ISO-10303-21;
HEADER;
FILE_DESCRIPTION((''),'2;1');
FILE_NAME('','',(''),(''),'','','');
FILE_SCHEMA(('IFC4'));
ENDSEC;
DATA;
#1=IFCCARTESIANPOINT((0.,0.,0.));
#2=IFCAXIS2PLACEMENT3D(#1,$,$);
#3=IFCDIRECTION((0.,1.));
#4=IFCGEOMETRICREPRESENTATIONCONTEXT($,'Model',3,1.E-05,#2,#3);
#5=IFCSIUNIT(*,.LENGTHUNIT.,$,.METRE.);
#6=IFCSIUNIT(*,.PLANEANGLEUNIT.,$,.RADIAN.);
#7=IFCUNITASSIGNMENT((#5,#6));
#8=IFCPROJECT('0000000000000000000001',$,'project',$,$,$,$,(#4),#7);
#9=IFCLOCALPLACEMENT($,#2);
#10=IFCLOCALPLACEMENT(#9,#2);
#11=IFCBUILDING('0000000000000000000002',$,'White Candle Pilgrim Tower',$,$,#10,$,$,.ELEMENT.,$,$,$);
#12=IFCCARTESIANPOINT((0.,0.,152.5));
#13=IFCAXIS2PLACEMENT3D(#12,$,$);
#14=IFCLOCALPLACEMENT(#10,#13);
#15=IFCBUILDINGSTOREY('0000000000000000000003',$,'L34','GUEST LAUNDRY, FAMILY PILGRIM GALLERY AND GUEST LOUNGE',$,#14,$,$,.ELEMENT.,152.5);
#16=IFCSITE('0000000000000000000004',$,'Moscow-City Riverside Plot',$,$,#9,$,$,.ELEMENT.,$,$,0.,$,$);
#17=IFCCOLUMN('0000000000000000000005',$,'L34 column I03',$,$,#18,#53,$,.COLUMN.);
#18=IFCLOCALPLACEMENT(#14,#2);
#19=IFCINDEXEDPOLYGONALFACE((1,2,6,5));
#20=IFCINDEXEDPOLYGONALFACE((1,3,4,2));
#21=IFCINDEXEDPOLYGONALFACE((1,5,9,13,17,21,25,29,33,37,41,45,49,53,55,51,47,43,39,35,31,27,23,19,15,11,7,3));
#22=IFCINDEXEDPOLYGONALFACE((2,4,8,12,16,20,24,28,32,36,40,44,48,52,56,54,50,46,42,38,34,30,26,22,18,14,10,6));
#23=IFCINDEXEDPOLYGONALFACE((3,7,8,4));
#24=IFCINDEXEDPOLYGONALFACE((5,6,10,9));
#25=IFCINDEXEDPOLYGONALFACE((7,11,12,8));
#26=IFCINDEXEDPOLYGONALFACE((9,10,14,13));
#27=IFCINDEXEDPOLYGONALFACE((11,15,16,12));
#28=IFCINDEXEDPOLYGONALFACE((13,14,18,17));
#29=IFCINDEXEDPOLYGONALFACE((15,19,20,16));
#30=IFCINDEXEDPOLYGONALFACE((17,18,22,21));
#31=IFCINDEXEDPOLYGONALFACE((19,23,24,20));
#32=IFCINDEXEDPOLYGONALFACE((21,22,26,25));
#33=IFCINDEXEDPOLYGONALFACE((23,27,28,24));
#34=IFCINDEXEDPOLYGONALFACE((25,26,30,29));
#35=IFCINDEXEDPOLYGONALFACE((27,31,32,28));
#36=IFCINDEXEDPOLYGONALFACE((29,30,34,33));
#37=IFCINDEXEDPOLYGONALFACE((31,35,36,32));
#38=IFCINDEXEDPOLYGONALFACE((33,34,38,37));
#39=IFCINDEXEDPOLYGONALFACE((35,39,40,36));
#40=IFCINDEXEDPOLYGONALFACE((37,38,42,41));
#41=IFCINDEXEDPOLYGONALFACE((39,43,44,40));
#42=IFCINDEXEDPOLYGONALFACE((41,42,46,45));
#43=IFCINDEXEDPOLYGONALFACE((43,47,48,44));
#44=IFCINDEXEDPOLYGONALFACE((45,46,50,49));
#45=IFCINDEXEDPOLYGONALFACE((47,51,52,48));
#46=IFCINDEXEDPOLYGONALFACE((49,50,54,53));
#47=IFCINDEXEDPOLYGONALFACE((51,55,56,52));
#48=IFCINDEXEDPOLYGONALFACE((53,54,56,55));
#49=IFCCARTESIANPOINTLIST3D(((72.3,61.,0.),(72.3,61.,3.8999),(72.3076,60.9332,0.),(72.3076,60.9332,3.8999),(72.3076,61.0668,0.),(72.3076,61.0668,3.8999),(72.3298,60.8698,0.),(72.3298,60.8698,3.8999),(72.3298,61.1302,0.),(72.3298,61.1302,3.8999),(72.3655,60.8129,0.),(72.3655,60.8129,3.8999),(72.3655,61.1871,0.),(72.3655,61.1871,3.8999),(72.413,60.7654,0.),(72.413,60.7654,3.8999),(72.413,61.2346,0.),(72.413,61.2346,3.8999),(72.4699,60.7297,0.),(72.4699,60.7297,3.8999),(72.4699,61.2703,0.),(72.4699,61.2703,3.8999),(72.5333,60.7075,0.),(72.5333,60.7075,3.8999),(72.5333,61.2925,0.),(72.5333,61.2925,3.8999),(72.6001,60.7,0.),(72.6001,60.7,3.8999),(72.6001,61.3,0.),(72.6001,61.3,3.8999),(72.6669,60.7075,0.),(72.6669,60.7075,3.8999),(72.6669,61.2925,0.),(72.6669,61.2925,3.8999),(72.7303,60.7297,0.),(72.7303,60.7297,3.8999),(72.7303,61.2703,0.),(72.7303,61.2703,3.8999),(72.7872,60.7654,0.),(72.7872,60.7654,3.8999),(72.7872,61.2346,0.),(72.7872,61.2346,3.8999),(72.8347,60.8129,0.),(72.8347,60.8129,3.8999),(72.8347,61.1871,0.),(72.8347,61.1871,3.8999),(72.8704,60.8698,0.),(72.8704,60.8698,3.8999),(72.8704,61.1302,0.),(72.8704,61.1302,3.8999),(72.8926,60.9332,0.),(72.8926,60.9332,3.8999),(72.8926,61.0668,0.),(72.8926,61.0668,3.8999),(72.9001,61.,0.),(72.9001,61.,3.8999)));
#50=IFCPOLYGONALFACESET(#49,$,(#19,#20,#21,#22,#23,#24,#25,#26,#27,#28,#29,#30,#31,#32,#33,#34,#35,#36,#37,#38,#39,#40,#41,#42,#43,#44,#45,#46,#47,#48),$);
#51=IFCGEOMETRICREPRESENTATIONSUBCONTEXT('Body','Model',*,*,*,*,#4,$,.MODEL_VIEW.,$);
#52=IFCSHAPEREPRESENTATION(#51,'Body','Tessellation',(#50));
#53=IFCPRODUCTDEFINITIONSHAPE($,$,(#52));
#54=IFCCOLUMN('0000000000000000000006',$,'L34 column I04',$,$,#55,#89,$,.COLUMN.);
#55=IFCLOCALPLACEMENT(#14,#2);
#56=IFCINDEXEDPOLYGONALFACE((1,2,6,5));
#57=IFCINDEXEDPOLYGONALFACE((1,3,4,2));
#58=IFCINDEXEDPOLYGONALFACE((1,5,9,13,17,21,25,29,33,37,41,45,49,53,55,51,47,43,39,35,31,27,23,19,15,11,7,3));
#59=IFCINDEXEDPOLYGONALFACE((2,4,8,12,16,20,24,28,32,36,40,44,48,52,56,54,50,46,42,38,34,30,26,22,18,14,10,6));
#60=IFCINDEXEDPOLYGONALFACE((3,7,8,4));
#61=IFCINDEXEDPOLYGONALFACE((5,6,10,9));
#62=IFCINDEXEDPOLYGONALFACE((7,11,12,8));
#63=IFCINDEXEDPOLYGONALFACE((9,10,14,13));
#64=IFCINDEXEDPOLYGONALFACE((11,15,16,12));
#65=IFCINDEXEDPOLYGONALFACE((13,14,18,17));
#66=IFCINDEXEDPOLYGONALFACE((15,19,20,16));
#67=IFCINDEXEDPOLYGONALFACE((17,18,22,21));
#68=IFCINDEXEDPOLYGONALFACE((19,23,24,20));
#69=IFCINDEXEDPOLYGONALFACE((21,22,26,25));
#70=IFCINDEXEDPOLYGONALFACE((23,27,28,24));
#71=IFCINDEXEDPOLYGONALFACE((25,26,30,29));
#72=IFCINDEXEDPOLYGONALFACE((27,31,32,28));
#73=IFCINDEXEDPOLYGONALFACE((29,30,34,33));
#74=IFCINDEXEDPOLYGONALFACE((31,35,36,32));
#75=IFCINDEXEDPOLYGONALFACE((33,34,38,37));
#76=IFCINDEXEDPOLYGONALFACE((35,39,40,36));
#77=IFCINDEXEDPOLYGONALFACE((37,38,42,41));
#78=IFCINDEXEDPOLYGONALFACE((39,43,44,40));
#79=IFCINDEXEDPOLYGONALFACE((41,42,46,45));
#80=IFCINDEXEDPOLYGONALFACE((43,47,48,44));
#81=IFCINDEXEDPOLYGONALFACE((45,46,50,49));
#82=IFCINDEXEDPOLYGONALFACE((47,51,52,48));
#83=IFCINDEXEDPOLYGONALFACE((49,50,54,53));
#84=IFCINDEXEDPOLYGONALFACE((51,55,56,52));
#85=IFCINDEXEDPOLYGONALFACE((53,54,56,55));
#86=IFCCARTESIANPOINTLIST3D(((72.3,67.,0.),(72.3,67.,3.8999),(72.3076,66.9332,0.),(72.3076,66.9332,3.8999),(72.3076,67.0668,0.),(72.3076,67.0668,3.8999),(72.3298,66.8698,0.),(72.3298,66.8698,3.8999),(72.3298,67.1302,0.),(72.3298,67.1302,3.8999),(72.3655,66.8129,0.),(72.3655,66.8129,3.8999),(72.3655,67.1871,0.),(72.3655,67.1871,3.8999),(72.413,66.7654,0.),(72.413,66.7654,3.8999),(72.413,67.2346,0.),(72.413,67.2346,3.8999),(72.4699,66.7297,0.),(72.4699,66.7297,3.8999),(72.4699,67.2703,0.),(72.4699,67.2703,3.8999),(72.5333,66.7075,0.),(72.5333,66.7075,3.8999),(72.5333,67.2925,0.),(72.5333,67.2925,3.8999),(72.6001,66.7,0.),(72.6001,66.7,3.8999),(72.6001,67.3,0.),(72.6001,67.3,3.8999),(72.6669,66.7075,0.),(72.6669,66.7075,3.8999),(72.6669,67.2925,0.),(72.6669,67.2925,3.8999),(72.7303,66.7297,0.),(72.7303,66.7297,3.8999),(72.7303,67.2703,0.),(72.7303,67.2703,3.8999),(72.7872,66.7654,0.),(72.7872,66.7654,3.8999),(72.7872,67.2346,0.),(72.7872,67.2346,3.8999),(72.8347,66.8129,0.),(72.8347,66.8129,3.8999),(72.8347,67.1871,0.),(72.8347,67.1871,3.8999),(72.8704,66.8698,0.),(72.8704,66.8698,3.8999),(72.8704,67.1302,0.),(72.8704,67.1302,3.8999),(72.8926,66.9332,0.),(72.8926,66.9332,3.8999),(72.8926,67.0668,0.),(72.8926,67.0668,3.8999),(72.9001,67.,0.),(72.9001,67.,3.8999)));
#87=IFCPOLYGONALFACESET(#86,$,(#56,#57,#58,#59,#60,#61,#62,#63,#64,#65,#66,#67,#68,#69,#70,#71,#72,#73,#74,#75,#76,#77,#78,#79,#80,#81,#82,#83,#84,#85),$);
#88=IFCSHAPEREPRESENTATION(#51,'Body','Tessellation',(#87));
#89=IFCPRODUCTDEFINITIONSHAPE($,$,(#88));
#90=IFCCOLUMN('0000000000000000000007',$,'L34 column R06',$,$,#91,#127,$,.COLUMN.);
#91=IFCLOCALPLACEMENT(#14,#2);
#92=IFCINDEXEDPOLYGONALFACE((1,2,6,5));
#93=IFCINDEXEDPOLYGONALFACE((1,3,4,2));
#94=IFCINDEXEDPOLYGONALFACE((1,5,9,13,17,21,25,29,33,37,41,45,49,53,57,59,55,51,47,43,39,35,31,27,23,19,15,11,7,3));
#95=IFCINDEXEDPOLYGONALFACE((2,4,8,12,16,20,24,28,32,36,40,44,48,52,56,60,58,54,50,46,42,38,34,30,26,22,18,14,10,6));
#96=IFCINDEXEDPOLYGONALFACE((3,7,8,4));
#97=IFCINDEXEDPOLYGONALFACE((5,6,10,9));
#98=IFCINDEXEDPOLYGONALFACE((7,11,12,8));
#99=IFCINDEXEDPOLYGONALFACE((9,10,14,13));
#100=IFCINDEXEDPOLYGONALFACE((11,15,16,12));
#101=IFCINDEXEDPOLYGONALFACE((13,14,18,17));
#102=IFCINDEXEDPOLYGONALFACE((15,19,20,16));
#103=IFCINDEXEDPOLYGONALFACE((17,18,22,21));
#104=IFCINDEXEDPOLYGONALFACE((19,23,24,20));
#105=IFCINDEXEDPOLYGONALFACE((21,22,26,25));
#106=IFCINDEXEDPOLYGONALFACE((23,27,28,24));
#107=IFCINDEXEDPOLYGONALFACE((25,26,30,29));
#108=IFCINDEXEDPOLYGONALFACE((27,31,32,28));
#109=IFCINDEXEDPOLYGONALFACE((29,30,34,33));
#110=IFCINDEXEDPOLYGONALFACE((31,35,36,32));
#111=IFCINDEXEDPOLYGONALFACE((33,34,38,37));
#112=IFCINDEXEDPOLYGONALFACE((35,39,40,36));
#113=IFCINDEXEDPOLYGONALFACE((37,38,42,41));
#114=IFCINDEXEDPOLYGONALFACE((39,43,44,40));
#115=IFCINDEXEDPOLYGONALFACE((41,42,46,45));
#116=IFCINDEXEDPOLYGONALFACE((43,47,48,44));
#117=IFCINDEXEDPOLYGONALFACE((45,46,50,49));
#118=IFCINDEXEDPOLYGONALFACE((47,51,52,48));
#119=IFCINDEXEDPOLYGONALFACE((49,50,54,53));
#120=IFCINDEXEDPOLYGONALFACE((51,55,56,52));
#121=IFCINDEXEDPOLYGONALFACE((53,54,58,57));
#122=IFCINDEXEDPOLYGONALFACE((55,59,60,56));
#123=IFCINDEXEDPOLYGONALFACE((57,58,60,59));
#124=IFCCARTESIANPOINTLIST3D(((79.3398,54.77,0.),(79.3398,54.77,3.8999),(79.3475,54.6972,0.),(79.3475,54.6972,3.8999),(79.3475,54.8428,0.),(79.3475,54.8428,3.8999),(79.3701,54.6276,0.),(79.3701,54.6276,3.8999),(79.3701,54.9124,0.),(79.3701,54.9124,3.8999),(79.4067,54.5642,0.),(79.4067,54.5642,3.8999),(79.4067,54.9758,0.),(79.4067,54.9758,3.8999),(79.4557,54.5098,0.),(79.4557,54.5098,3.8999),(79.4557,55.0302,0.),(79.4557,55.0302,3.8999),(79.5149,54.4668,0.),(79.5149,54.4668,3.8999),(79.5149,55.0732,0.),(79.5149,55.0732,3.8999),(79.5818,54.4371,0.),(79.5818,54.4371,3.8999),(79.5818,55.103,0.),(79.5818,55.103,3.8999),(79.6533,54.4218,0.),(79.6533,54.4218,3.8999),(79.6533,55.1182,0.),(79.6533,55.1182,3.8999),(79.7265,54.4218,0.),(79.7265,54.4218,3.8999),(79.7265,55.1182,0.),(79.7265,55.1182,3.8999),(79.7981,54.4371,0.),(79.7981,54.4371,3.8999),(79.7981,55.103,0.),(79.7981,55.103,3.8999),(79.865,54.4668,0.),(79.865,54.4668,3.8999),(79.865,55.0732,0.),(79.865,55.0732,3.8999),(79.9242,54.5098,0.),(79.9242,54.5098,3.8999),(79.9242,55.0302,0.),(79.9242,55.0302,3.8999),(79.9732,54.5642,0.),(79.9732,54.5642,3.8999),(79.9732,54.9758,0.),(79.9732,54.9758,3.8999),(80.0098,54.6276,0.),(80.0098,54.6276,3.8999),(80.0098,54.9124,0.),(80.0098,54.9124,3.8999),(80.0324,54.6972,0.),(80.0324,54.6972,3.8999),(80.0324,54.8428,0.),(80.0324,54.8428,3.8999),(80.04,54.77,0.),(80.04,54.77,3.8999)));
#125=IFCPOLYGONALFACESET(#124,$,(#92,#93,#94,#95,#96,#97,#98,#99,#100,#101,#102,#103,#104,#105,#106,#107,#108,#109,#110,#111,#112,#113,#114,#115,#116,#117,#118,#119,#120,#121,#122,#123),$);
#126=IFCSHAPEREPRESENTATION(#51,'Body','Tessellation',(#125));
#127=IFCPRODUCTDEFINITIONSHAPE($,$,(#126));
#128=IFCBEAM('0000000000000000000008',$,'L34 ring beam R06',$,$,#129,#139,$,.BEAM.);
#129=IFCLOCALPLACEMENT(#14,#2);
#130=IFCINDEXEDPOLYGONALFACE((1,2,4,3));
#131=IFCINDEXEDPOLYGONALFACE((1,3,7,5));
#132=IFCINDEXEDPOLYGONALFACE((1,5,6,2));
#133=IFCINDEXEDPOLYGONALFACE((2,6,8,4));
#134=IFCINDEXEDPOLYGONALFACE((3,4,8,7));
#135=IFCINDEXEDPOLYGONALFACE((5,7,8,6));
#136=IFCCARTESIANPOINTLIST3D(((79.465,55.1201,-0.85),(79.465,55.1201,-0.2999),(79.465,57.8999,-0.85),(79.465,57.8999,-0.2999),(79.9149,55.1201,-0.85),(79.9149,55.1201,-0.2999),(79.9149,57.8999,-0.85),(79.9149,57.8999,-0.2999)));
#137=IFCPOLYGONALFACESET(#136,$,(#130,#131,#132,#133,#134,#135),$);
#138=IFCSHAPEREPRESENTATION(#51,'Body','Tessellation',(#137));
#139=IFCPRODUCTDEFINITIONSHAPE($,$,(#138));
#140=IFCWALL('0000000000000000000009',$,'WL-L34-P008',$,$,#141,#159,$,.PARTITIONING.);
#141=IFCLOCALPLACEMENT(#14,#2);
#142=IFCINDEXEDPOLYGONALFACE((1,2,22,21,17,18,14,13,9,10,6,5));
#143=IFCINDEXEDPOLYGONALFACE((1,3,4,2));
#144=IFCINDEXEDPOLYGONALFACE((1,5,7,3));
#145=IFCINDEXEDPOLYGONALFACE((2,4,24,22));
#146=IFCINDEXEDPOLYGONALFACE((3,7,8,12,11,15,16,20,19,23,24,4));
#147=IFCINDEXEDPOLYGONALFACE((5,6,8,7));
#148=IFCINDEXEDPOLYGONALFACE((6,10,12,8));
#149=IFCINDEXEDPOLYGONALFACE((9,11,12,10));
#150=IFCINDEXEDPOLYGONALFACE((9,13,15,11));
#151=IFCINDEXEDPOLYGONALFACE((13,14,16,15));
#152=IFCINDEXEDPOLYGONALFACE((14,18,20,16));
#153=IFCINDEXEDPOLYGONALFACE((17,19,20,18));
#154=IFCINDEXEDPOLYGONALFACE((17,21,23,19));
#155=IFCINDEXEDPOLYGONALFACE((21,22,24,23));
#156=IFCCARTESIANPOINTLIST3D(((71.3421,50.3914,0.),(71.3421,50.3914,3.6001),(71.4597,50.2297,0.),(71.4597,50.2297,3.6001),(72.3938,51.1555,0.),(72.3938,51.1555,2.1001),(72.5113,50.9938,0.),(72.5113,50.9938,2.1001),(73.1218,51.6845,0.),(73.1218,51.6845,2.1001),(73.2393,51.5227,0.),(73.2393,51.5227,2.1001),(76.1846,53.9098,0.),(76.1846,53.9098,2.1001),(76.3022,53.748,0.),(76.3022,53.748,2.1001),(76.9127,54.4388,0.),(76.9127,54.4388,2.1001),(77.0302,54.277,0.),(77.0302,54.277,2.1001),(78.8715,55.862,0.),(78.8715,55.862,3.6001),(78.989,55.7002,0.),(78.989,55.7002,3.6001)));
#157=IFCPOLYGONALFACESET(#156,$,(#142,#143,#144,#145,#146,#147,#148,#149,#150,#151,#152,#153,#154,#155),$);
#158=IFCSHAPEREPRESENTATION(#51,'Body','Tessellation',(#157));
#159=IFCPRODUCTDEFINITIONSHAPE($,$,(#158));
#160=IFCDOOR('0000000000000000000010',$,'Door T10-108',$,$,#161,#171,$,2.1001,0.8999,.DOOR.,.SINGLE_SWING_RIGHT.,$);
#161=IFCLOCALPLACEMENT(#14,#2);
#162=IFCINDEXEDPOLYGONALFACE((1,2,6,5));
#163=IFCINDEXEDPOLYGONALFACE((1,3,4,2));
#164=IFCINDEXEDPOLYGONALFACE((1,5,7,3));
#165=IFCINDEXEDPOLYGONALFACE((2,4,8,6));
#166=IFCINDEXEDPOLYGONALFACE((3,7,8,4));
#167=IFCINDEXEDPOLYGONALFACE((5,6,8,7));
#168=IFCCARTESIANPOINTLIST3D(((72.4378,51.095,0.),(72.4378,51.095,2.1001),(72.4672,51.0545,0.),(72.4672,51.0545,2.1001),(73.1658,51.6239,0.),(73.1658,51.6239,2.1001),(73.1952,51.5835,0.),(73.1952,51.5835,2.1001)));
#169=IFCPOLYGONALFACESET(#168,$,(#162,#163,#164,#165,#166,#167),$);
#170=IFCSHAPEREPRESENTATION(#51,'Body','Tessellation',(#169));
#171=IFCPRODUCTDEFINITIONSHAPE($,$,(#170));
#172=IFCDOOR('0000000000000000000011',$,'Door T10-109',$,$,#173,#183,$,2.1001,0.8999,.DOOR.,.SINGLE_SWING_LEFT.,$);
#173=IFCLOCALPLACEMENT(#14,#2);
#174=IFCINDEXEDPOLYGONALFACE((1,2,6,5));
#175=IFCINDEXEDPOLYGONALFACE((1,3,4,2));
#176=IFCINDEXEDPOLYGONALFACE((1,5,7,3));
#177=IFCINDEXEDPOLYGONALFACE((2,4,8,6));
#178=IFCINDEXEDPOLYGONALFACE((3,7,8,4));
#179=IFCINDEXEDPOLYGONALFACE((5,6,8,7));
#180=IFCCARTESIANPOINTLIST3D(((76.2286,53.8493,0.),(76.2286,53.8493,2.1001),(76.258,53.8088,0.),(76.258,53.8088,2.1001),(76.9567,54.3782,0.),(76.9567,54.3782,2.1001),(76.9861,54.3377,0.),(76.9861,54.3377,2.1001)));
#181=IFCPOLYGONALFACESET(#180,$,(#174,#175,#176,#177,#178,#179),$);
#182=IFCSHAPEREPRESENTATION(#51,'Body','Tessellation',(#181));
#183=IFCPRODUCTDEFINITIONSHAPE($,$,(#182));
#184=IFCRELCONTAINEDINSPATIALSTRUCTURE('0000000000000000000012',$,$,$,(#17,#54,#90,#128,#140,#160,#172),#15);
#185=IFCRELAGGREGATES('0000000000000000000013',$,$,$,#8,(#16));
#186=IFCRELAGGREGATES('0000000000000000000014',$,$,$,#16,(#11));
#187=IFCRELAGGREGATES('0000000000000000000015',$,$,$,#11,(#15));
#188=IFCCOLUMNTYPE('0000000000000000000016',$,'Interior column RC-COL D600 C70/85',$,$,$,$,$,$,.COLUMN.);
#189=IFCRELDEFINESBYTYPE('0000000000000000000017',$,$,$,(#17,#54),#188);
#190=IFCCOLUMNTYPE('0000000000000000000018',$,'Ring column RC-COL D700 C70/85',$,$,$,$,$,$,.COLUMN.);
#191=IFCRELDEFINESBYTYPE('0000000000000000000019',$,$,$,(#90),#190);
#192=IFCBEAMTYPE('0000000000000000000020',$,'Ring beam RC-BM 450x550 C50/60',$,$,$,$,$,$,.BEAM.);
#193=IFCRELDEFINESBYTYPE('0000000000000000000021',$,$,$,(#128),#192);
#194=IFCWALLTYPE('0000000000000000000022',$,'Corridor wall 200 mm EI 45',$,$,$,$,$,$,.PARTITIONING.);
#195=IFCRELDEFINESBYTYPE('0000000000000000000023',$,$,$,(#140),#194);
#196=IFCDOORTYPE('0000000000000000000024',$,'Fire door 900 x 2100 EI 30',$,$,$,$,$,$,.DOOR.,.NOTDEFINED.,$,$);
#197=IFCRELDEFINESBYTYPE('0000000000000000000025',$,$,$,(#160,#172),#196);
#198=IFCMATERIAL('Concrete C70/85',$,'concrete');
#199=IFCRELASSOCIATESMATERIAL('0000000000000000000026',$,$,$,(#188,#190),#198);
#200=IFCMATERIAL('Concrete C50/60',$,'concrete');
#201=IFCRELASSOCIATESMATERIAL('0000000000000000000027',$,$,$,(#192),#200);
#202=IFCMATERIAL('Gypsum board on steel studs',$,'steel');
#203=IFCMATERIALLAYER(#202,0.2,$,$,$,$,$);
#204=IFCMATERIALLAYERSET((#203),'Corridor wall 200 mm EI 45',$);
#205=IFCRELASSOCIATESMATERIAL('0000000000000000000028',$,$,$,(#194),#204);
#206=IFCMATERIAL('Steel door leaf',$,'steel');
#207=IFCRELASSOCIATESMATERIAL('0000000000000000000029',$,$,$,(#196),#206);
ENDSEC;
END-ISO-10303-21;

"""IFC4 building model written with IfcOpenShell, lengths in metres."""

from ifc_helpers import new_model, si_unit, direction, frame, frame_2d, origin, origin_2d, place, context, subcontext, project, spatial, rectangle, circle, extrude, material, layer, layer_set, material_profile, profile_set, type_object, element, fill, save


model = new_model("IFC4")

# Units and contexts
model_context = context("Model", 3, precision=1e-05, world=origin(), true_north=direction((0.0, 1.0)))
body_context = subcontext(model_context, "Body", "Model", "MODEL_VIEW")
ifc_project = project(units=[si_unit("LENGTHUNIT", "METRE"), si_unit("PLANEANGLEUNIT", "RADIAN")], contexts=[model_context])

# Site, building, storey
site_placement = place(None, origin())
site = spatial("IfcSite", under=ifc_project, at=site_placement, Name="Moscow-City Riverside Plot", CompositionType="ELEMENT", RefElevation=0.0)
building_placement = place(site_placement, origin())
building = spatial("IfcBuilding", under=site, at=building_placement, Name="White Candle Pilgrim Tower", CompositionType="ELEMENT")
storey_placement = place(building_placement, frame((0.0, 0.0, 152.5)))
storey = spatial("IfcBuildingStorey", under=building, at=storey_placement, Name="L34", Description="GUEST LAUNDRY, FAMILY PILGRIM GALLERY AND GUEST LOUNGE", CompositionType="ELEMENT", Elevation=152.5)

# Columns
ifc_material_1 = material(Name="Concrete C70/85", Category="concrete")
ifc_material_profile_1 = material_profile(ifc_material_1, circle(Radius=0.3, at=origin_2d()), Name="RC-COL D600")
ifc_profile_set_1 = profile_set([ifc_material_profile_1], Name="Concrete C70/85")
column_type_1 = type_object("IfcColumnType", Name="Interior column RC-COL D600 C70/85", PredefinedType="COLUMN", material=ifc_profile_set_1)
for number, where, z_axis, x_axis, name in (
    (1, (72.6001, 61.0, 0.0), (0.0, 0.0, 1.0), (1.0, 0.0, 0.0), "L34 column I03"),
    (2, (72.6001, 67.0, 0.0), (0.0, 0.0, 1.0), (1.0, 0.0, 0.0), "L34 column I04"),
):
    element("IfcColumn", number, at=place(storey_placement, frame(where, z_axis=z_axis, x_axis=x_axis)), inside=storey, type_object=column_type_1, Name=name, PredefinedType="COLUMN", context=body_context, shape_type="SweptSolid", body=[
        extrude(circle(Radius=0.3, at=origin_2d()), origin(), (0.0, 0.0, 1.0), 3.8999),
    ])
ifc_material_profile_2 = material_profile(ifc_material_1, circle(Radius=0.3501, at=origin_2d()), Name="RC-COL D700")
ifc_profile_set_2 = profile_set([ifc_material_profile_2], Name="Concrete C70/85")
column_type_2 = type_object("IfcColumnType", Name="Ring column RC-COL D700 C70/85", PredefinedType="COLUMN", material=ifc_profile_set_2)
column_placement = place(storey_placement, frame((79.6899, 54.77, 0.0), z_axis=(0.0, 0.0, 1.0), x_axis=(1.0, 0.0, 0.0)))
element("IfcColumn", 3, at=column_placement, inside=storey, type_object=column_type_2, Name="L34 column R06", PredefinedType="COLUMN", context=body_context, shape_type="SweptSolid", body=[
    extrude(circle(Radius=0.3501, at=origin_2d()), origin(), (0.0, 0.0, 1.0), 3.8999),
])

# Beam
ifc_material_2 = material(Name="Concrete C50/60", Category="concrete")
ifc_material_profile_3 = material_profile(ifc_material_2, rectangle(XDim=0.45, YDim=0.55, at=origin_2d()), Name="RC-BM 450x550")
ifc_profile_set_3 = profile_set([ifc_material_profile_3], Name="Concrete C50/60")
beam_type = type_object("IfcBeamType", Name="Ring beam RC-BM 450x550 C50/60", PredefinedType="BEAM", material=ifc_profile_set_3)
beam_placement = place(storey_placement, frame((79.6899, 55.1201, -0.575), z_axis=(0.0, 1.0, 0.0), x_axis=(-1.0, 0.0, 0.0)))
element("IfcBeam", 4, at=beam_placement, inside=storey, type_object=beam_type, Name="L34 ring beam R06", PredefinedType="BEAM", context=body_context, shape_type="SweptSolid", body=[
    extrude(rectangle(XDim=0.45, YDim=0.55, at=origin_2d()), origin(), (0.0, 0.0, 1.0), 2.7798),
])

# Wall, openings, doors
ifc_material_3 = material(Name="Gypsum board on steel studs", Category="steel")
ifc_layer_1 = layer(ifc_material_3, 0.2)
ifc_layer_set_1 = layer_set([ifc_layer_1], Name="Corridor wall 200 mm EI 45")
wall_type_1 = type_object("IfcWallType", Name="Corridor wall 200 mm EI 45", PredefinedType="PARTITIONING", material=ifc_layer_set_1)
wall_1_placement = place(storey_placement, frame((78.9302, 55.781, 0.0), z_axis=(0.0, 0.0, 1.0), x_axis=(-0.809012, -0.587793, 0.0)))
wall_1 = element("IfcWall", 5, at=wall_1_placement, inside=storey, type_object=wall_type_1, Name="WL-L34-P008", PredefinedType="PARTITIONING", context=body_context, shape_type="SweptSolid", body=[
    extrude(rectangle(XDim=9.3069, YDim=0.2, at=frame_2d((4.6533, 0.0))), origin(), (0.0, 0.0, 1.0), 3.6001),
])
opening_1_placement = place(wall_1_placement, frame((7.1069, 0.0, 0.0)))
opening_1 = element("IfcOpeningElement", 6, at=opening_1_placement, cuts=wall_1, PredefinedType="OPENING", context=body_context, shape_type="SweptSolid", body=[
    extrude(rectangle(XDim=0.8999, YDim=2.1001, at=frame_2d((0.45, 1.05))), frame((0.0, 0.1099, 0.0), z_axis=(0.0, -1.0, 0.0), x_axis=(1.0, 0.0, 0.0)), (0.0, 0.0, 1.0), 0.22),
])
opening_2_placement = place(wall_1_placement, frame((2.4211, 0.0, 0.0)))
opening_2 = element("IfcOpeningElement", 7, at=opening_2_placement, cuts=wall_1, PredefinedType="OPENING", context=body_context, shape_type="SweptSolid", body=[
    extrude(rectangle(XDim=0.8999, YDim=2.1001, at=frame_2d((0.45, 1.05))), frame((0.0, 0.1099, 0.0), z_axis=(0.0, -1.0, 0.0), x_axis=(1.0, 0.0, 0.0)), (0.0, 0.0, 1.0), 0.22),
])
ifc_material_4 = material(Name="Steel door leaf", Category="steel")
door_type_1 = type_object("IfcDoorType", Name="Fire door 900 x 2100 EI 30", OperationType="NOTDEFINED", PredefinedType="DOOR", material=ifc_material_4)
door_1_placement = place(opening_1_placement, origin())
door_1 = element("IfcDoor", 8, at=door_1_placement, inside=storey, type_object=door_type_1, Name="Door T10-108", OperationType="SINGLE_SWING_RIGHT", OverallHeight=2.1001, OverallWidth=0.8999, PredefinedType="DOOR", context=body_context, shape_type="SweptSolid", body=[
    extrude(rectangle(XDim=0.8999, YDim=2.1001, at=frame_2d((0.45, 1.05))), frame((0.0, 0.0249, 0.0), z_axis=(0.0, -1.0, 0.0), x_axis=(1.0, 0.0, 0.0)), (0.0, 0.0, 1.0), 0.05),
])
fill(opening_1, door_1)
door_2_placement = place(opening_2_placement, origin())
door_2 = element("IfcDoor", 9, at=door_2_placement, inside=storey, type_object=door_type_1, Name="Door T10-109", OperationType="SINGLE_SWING_LEFT", OverallHeight=2.1001, OverallWidth=0.8999, PredefinedType="DOOR", context=body_context, shape_type="SweptSolid", body=[
    extrude(rectangle(XDim=0.8999, YDim=2.1001, at=frame_2d((0.45, 1.05))), frame((0.0, 0.0249, 0.0), z_axis=(0.0, -1.0, 0.0), x_axis=(1.0, 0.0, 0.0)), (0.0, 0.0, 1.0), 0.05),
])
fill(opening_2, door_2)

save(model, "model.ifc")
